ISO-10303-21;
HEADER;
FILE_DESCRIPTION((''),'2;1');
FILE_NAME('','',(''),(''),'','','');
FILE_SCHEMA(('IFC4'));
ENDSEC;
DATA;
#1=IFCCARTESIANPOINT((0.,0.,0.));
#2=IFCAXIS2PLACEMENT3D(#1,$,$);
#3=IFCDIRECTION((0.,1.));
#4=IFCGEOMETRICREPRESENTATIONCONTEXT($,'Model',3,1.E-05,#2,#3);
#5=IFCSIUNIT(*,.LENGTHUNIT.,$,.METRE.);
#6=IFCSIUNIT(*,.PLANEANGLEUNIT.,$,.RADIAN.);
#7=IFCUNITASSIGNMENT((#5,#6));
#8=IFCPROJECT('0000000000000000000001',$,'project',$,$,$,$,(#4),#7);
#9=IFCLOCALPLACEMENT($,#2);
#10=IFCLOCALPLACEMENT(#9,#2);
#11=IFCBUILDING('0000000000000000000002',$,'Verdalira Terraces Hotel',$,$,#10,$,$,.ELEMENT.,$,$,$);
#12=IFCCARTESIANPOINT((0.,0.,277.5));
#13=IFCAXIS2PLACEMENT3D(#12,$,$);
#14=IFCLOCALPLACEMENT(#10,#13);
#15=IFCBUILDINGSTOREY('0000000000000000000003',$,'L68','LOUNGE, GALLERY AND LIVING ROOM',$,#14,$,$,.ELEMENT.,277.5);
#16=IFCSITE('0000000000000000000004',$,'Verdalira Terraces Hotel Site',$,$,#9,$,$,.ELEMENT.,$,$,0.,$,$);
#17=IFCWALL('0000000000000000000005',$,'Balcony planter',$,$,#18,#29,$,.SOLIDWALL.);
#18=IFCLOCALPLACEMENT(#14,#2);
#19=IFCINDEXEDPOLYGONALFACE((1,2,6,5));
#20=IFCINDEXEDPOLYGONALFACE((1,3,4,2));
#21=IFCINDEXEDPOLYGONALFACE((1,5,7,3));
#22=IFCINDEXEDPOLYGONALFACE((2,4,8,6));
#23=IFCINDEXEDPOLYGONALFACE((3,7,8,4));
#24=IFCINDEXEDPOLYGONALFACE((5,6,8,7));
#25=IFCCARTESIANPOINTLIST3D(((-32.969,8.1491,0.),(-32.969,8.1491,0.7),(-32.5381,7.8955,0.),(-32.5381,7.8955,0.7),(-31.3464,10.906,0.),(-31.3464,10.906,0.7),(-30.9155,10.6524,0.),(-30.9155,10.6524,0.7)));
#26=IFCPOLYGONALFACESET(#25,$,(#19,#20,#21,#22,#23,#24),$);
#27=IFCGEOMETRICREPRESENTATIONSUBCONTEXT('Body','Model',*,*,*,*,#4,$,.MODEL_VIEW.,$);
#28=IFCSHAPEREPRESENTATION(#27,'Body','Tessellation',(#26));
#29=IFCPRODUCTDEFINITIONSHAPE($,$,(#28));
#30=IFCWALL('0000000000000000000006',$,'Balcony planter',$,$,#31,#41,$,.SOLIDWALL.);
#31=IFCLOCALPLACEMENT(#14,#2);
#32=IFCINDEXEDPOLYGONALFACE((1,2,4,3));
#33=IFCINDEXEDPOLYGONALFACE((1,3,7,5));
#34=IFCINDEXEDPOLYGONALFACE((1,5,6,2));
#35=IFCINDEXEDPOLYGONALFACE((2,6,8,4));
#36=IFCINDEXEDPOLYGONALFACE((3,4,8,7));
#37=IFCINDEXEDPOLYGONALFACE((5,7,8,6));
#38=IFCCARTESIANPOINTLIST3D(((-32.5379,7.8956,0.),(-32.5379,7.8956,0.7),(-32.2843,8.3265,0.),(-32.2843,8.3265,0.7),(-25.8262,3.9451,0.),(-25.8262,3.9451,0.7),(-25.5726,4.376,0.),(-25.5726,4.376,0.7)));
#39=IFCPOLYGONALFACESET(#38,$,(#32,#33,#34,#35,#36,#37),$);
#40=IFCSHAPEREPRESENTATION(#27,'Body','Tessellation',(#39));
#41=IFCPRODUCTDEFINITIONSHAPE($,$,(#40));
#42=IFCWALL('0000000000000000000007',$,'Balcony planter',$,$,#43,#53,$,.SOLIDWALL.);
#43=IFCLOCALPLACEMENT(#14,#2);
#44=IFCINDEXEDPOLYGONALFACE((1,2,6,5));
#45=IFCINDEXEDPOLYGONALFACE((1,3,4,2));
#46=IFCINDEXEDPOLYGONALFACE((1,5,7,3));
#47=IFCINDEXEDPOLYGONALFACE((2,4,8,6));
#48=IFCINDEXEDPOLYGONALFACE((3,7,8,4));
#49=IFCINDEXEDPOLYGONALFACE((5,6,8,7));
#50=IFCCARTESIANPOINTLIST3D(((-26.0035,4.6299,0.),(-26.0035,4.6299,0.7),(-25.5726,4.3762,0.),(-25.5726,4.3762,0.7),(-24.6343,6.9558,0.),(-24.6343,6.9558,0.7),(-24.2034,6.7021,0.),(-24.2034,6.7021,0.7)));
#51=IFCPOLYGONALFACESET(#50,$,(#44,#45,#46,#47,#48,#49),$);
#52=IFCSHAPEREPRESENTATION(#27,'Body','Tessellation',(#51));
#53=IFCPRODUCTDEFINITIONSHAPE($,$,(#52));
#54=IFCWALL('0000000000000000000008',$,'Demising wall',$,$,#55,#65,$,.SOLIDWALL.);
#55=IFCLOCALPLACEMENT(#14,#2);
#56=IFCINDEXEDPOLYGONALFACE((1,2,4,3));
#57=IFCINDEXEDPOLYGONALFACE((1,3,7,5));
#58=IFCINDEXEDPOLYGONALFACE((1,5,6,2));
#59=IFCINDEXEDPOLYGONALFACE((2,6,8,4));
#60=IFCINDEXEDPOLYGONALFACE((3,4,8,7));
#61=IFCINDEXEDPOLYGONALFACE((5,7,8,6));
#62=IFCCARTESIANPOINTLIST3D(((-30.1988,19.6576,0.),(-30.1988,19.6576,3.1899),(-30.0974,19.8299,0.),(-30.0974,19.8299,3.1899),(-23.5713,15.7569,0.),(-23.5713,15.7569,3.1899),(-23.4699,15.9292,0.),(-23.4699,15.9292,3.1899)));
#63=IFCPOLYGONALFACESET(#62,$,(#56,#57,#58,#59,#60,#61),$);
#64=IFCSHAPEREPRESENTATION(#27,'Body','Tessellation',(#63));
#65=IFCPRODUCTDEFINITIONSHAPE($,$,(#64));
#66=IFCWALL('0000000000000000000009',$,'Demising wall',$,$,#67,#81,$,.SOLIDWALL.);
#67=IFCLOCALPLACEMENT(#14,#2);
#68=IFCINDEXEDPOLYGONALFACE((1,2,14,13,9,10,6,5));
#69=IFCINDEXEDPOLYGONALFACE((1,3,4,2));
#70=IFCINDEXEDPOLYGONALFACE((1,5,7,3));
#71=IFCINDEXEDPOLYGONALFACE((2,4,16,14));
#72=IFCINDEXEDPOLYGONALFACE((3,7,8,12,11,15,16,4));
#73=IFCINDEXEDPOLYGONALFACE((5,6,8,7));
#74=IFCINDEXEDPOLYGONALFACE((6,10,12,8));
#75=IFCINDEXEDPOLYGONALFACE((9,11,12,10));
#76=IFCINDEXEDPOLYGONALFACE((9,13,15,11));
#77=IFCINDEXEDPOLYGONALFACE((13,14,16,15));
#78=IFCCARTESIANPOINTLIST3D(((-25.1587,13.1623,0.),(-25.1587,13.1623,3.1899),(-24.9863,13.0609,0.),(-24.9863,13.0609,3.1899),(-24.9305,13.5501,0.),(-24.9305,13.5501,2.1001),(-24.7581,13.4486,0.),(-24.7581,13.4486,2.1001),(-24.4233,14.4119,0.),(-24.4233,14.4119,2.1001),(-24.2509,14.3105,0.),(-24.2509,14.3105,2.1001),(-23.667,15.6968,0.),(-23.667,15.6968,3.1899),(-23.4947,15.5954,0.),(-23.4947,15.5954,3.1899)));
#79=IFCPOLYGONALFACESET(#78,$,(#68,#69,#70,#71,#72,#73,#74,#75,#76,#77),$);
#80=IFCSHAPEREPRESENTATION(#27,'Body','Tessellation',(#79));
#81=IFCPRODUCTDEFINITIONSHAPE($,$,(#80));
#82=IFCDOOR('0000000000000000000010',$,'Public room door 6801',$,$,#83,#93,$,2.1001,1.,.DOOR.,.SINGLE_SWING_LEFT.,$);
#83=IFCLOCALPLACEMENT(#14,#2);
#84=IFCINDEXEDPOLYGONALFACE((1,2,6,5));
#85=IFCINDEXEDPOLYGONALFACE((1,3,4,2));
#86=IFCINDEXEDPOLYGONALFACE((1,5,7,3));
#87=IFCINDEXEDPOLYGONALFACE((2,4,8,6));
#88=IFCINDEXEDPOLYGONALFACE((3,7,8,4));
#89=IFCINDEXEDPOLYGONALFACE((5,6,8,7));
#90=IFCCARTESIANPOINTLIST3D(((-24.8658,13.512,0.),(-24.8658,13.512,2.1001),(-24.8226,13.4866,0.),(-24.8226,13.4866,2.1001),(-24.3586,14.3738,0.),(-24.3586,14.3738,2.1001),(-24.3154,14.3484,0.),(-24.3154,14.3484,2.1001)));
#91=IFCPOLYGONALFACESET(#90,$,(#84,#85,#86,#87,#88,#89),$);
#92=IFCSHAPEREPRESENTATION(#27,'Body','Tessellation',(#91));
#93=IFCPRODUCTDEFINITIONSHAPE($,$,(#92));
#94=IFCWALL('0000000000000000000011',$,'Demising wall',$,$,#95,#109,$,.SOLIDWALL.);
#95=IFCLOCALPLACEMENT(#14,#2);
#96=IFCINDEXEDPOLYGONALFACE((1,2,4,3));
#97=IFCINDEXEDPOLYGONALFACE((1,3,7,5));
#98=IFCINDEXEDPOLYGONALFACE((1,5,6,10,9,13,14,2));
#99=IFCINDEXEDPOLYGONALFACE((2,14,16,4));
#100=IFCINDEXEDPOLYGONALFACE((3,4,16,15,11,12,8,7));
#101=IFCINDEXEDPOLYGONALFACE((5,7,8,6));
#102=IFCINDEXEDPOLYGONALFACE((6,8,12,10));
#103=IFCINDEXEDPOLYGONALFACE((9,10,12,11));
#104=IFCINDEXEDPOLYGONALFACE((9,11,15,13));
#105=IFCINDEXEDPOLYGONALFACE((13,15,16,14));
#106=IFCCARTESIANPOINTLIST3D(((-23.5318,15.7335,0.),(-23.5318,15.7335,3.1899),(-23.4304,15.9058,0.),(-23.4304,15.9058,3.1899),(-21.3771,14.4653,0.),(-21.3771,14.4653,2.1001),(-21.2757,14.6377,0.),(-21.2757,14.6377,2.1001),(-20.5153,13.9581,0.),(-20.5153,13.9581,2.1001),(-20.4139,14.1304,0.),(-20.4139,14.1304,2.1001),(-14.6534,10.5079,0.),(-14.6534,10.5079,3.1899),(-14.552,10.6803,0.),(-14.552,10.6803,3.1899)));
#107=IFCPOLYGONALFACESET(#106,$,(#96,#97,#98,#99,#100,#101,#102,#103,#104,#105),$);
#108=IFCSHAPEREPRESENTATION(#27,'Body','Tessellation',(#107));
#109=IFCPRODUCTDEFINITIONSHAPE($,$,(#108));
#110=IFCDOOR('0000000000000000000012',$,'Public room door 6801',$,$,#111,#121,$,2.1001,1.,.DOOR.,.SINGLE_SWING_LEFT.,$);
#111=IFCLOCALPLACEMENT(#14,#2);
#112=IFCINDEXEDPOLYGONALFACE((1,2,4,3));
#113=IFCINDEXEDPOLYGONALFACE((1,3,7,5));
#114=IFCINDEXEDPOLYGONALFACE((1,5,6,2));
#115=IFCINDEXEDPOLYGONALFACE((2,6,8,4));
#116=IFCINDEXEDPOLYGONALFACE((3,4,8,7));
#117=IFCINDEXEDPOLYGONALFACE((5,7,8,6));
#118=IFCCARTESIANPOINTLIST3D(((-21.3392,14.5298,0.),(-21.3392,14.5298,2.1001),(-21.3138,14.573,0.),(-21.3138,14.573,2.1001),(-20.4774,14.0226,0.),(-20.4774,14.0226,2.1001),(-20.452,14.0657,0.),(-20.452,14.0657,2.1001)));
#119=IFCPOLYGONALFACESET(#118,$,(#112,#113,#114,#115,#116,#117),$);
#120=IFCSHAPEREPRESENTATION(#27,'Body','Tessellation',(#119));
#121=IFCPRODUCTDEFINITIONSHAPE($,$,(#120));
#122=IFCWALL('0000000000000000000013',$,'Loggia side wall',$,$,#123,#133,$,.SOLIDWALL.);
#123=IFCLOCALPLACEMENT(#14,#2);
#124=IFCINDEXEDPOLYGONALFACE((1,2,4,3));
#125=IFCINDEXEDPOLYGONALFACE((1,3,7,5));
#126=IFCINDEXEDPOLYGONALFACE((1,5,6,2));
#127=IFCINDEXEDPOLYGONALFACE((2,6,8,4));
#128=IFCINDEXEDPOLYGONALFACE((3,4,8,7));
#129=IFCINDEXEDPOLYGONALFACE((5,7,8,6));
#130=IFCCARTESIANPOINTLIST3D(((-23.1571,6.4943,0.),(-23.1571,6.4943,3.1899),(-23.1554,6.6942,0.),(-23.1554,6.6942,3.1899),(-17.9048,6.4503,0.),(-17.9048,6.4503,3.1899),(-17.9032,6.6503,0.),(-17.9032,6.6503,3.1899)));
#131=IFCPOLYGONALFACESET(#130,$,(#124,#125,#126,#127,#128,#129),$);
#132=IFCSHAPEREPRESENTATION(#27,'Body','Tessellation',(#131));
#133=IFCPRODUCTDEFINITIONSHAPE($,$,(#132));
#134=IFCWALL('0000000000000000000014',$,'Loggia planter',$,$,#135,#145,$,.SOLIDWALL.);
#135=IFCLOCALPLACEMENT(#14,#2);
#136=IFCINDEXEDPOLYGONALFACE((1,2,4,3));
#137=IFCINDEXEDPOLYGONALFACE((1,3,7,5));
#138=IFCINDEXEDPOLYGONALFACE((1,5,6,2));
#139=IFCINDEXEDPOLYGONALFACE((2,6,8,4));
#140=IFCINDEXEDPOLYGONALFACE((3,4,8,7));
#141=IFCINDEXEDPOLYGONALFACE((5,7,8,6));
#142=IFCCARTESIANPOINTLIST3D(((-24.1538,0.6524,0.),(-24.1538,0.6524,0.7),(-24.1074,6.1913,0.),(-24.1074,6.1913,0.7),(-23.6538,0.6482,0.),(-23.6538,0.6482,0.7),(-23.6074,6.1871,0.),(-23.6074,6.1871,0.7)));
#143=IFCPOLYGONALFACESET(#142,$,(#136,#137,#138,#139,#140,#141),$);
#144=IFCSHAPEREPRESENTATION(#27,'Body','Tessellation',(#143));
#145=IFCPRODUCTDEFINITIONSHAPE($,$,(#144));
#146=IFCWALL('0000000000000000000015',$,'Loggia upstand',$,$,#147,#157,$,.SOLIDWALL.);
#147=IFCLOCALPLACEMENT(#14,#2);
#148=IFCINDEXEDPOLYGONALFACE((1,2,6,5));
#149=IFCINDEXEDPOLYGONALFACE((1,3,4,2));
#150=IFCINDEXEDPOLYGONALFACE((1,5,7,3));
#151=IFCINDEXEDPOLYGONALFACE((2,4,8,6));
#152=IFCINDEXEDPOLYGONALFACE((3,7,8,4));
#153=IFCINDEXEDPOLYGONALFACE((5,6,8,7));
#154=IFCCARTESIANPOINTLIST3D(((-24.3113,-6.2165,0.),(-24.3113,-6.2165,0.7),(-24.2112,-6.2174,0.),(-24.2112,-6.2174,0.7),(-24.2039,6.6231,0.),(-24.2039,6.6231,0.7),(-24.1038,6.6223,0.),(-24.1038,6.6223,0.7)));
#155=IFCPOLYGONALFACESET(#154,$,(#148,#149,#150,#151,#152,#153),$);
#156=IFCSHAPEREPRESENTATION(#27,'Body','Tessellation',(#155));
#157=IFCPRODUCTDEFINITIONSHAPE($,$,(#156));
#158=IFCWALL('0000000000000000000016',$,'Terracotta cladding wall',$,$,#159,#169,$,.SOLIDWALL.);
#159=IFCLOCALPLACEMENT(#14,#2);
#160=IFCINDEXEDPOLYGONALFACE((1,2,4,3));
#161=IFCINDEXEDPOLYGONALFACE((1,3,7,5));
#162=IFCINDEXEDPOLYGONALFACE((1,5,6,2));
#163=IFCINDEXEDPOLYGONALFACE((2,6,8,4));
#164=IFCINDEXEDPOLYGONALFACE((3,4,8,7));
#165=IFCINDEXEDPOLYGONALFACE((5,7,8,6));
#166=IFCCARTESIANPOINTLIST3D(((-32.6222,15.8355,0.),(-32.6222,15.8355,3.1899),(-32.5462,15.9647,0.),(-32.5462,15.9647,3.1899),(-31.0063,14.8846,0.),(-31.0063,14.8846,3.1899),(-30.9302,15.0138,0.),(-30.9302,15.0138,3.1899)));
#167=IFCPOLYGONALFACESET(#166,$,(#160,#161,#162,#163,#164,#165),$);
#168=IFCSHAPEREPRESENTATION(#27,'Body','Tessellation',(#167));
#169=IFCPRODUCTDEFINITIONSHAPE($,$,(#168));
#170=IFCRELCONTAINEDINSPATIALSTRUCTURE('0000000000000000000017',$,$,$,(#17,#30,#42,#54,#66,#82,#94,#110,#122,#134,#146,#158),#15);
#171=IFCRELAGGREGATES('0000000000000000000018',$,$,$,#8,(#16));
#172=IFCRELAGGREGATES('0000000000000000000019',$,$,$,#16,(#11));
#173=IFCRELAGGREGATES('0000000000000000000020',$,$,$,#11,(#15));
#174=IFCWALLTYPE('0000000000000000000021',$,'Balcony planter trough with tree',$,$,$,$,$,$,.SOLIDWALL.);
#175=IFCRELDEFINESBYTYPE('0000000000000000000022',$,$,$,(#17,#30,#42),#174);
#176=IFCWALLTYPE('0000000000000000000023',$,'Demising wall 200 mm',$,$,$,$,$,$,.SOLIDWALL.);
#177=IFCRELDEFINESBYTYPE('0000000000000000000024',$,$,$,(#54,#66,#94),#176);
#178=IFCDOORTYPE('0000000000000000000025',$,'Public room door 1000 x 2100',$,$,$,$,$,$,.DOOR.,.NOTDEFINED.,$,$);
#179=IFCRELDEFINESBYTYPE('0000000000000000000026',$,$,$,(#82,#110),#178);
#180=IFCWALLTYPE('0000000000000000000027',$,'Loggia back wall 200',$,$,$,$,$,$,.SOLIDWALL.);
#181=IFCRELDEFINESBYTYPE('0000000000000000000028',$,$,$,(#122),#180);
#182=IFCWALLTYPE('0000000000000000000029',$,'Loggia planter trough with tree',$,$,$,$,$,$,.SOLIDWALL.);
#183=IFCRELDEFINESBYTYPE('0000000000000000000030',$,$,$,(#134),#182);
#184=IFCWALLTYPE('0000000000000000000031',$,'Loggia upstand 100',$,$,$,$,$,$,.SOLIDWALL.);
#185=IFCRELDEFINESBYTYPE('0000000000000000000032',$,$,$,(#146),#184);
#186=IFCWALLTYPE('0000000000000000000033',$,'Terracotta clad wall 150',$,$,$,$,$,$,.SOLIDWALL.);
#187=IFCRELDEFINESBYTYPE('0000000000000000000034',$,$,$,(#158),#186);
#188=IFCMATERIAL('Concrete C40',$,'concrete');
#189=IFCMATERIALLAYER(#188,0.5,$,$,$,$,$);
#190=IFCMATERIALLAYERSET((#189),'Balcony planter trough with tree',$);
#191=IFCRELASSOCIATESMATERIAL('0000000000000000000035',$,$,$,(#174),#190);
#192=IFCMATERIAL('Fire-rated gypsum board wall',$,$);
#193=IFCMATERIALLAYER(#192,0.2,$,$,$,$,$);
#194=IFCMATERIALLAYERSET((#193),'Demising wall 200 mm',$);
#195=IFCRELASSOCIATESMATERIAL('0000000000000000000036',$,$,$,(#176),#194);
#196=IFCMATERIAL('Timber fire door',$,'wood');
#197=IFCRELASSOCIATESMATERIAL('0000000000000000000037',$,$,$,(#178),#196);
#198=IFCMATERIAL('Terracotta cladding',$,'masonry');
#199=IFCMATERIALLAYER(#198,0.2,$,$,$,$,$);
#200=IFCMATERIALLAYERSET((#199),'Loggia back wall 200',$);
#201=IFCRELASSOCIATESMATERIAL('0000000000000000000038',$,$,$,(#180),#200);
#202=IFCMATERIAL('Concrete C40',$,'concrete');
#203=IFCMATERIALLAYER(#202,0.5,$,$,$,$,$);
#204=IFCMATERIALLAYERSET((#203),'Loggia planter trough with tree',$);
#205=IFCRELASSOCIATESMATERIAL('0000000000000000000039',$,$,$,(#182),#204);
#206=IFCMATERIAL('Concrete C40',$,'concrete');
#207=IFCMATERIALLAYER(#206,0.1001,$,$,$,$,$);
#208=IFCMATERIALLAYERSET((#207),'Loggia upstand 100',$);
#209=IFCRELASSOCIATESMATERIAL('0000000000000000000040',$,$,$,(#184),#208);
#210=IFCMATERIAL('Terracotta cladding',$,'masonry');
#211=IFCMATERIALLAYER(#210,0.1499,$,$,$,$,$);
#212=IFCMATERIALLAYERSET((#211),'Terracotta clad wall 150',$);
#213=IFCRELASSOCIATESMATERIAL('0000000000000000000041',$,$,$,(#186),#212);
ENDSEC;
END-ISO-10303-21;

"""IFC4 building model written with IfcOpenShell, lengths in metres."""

from ifc_helpers import new_model, si_unit, direction, frame, frame_2d, origin, place, context, subcontext, project, spatial, rectangle, extrude, material, layer, layer_set, type_object, element, fill, save


model = new_model("IFC4")

# Units and contexts
model_context = context("Model", 3, precision=1e-05, world=origin(), true_north=direction((0.0, 1.0)))
body_context = subcontext(model_context, "Body", "Model", "MODEL_VIEW")
ifc_project = project(units=[si_unit("LENGTHUNIT", "METRE"), si_unit("PLANEANGLEUNIT", "RADIAN")], contexts=[model_context])

# Site, building, storey
site_placement = place(None, origin())
site = spatial("IfcSite", under=ifc_project, at=site_placement, Name="Verdalira Terraces Hotel Site", CompositionType="ELEMENT", RefElevation=0.0)
building_placement = place(site_placement, origin())
building = spatial("IfcBuilding", under=site, at=building_placement, Name="Verdalira Terraces Hotel", CompositionType="ELEMENT")
storey_placement = place(building_placement, frame((0.0, 0.0, 277.5)))
storey = spatial("IfcBuildingStorey", under=building, at=storey_placement, Name="L68", Description="LOUNGE, GALLERY AND LIVING ROOM", CompositionType="ELEMENT", Elevation=277.5)

# Walls
ifc_material_1 = material(Name="Concrete C40", Category="concrete")
ifc_layer_1 = layer(ifc_material_1, 0.5)
ifc_layer_set_1 = layer_set([ifc_layer_1], Name="Balcony planter trough with tree")
wall_type_1 = type_object("IfcWallType", Name="Balcony planter trough with tree", PredefinedType="SOLIDWALL", material=ifc_layer_set_1)
wall_1_placement = place(storey_placement, frame((-31.1309, 10.7793, 0.0), z_axis=(0.0, 0.0, 1.0), x_axis=(-0.507227, -0.861813, 0.0)))
element("IfcWall", 1, at=wall_1_placement, inside=storey, type_object=wall_type_1, Name="Balcony planter", PredefinedType="SOLIDWALL", context=body_context, shape_type="SweptSolid", body=[
    extrude(rectangle(XDim=3.199, YDim=0.5, at=frame_2d((1.5996, 0.0))), origin(), (0.0, 0.0, 1.0), 0.7),
])
wall_2_placement = place(storey_placement, frame((-32.4111, 8.1111, 0.0), z_axis=(0.0, 0.0, 1.0), x_axis=(0.8618, -0.507249, 0.0)))
element("IfcWall", 2, at=wall_2_placement, inside=storey, type_object=wall_type_1, Name="Balcony planter", PredefinedType="SOLIDWALL", context=body_context, shape_type="SweptSolid", body=[
    extrude(rectangle(XDim=7.7881, YDim=0.5, at=frame_2d((3.894, 0.0))), origin(), (0.0, 0.0, 1.0), 0.7),
])
wall_3_placement = place(storey_placement, frame((-25.7881, 4.5029, 0.0), z_axis=(0.0, 0.0, 1.0), x_axis=(0.507281, 0.861781, 0.0)))
element("IfcWall", 3, at=wall_3_placement, inside=storey, type_object=wall_type_1, Name="Balcony planter", PredefinedType="SOLIDWALL", context=body_context, shape_type="SweptSolid", body=[
    extrude(rectangle(XDim=2.699, YDim=0.5, at=frame_2d((1.3496, 0.0))), origin(), (0.0, 0.0, 1.0), 0.7),
])
ifc_material_2 = material(Name="Fire-rated gypsum board wall")
ifc_layer_2 = layer(ifc_material_2, 0.2)
ifc_layer_set_2 = layer_set([ifc_layer_2], Name="Demising wall 200 mm")
wall_type_2 = type_object("IfcWallType", Name="Demising wall 200 mm", PredefinedType="SOLIDWALL", material=ifc_layer_set_2)
wall_4_placement = place(storey_placement, frame((-23.5205, 15.843, 0.0), z_axis=(0.0, 0.0, 1.0), x_axis=(-0.861813, 0.507227, 0.0)))
element("IfcWall", 4, at=wall_4_placement, inside=storey, type_object=wall_type_2, Name="Demising wall", PredefinedType="SOLIDWALL", context=body_context, shape_type="SweptSolid", body=[
    extrude(rectangle(XDim=7.6902, YDim=0.2, at=frame_2d((3.8452, 0.0))), origin(), (0.0, 0.0, 1.0), 3.1899),
])

# Walls, openings, doors
wall_5_placement = place(storey_placement, frame((-25.0725, 13.1116, 0.0), z_axis=(0.0, 0.0, 1.0), x_axis=(0.507202, 0.861827, 0.0)))
wall_5 = element("IfcWall", 5, at=wall_5_placement, inside=storey, type_object=wall_type_2, Name="Demising wall", PredefinedType="SOLIDWALL", context=body_context, shape_type="SweptSolid", body=[
    extrude(rectangle(XDim=2.9409, YDim=0.2, at=frame_2d((1.4705, 0.0))), origin(), (0.0, 0.0, 1.0), 3.1899),
])
opening_1_placement = place(wall_5_placement, frame((0.45, 0.0, 0.0)))
opening_1 = element("IfcOpeningElement", 6, at=opening_1_placement, cuts=wall_5, PredefinedType="OPENING", context=body_context, shape_type="SweptSolid", body=[
    extrude(rectangle(XDim=1.0, YDim=2.1001, at=frame_2d((0.5, 1.05))), frame((0.0, 0.1099, 0.0), z_axis=(0.0, -1.0, 0.0), x_axis=(1.0, 0.0, 0.0)), (0.0, 0.0, 1.0), 0.22),
])
ifc_material_3 = material(Name="Timber fire door", Category="wood")
door_type_1 = type_object("IfcDoorType", Name="Public room door 1000 x 2100", OperationType="NOTDEFINED", PredefinedType="DOOR", material=ifc_material_3)
door_1_placement = place(opening_1_placement, origin())
door_1 = element("IfcDoor", 7, at=door_1_placement, inside=storey, type_object=door_type_1, Name="Public room door 6801", OperationType="SINGLE_SWING_LEFT", OverallHeight=2.1001, OverallWidth=1.0, PredefinedType="DOOR", context=body_context, shape_type="SweptSolid", body=[
    extrude(rectangle(XDim=1.0, YDim=2.1001, at=frame_2d((0.5, 1.05))), frame((0.0, 0.0249, 0.0), z_axis=(0.0, -1.0, 0.0), x_axis=(1.0, 0.0, 0.0)), (0.0, 0.0, 1.0), 0.05),
])
fill(opening_1, door_1)
wall_6_placement = place(storey_placement, frame((-23.481, 15.8196, 0.0), z_axis=(0.0, 0.0, 1.0), x_axis=(0.861807, -0.507236, 0.0)))
wall_6 = element("IfcWall", 8, at=wall_6_placement, inside=storey, type_object=wall_type_2, Name="Demising wall", PredefinedType="SOLIDWALL", context=body_context, shape_type="SweptSolid", body=[
    extrude(rectangle(XDim=10.302, YDim=0.2, at=frame_2d((5.1509, 0.0))), origin(), (0.0, 0.0, 1.0), 3.1899),
])
opening_2_placement = place(wall_6_placement, frame((2.5, 0.0, 0.0)))
opening_2 = element("IfcOpeningElement", 9, at=opening_2_placement, cuts=wall_6, PredefinedType="OPENING", context=body_context, shape_type="SweptSolid", body=[
    extrude(rectangle(XDim=1.0, YDim=2.1001, at=frame_2d((0.5, 1.05))), frame((0.0, 0.1099, 0.0), z_axis=(0.0, -1.0, 0.0), x_axis=(1.0, 0.0, 0.0)), (0.0, 0.0, 1.0), 0.22),
])
door_2_placement = place(opening_2_placement, origin())
door_2 = element("IfcDoor", 10, at=door_2_placement, inside=storey, type_object=door_type_1, Name="Public room door 6801", OperationType="SINGLE_SWING_LEFT", OverallHeight=2.1001, OverallWidth=1.0, PredefinedType="DOOR", context=body_context, shape_type="SweptSolid", body=[
    extrude(rectangle(XDim=1.0, YDim=2.1001, at=frame_2d((0.5, 1.05))), frame((0.0, 0.0249, 0.0), z_axis=(0.0, -1.0, 0.0), x_axis=(1.0, 0.0, 0.0)), (0.0, 0.0, 1.0), 0.05),
])
fill(opening_2, door_2)

# Walls
ifc_material_4 = material(Name="Terracotta cladding", Category="masonry")
ifc_layer_3 = layer(ifc_material_4, 0.2)
ifc_layer_set_3 = layer_set([ifc_layer_3], Name="Loggia back wall 200")
wall_type_3 = type_object("IfcWallType", Name="Loggia back wall 200", PredefinedType="SOLIDWALL", material=ifc_layer_set_3)
wall_7_placement = place(storey_placement, frame((-23.1562, 6.5942, 0.0), z_axis=(0.0, 0.0, 1.0), x_axis=(0.999965, -0.008367, 0.0)))
element("IfcWall", 11, at=wall_7_placement, inside=storey, type_object=wall_type_3, Name="Loggia side wall", PredefinedType="SOLIDWALL", context=body_context, shape_type="SweptSolid", body=[
    extrude(rectangle(XDim=5.2524, YDim=0.2, at=frame_2d((2.6262, 0.0))), origin(), (0.0, 0.0, 1.0), 3.1899),
])
ifc_material_5 = material(Name="Concrete C40", Category="concrete")
ifc_layer_4 = layer(ifc_material_5, 0.5)
ifc_layer_set_4 = layer_set([ifc_layer_4], Name="Loggia planter trough with tree")
wall_type_4 = type_object("IfcWallType", Name="Loggia planter trough with tree", PredefinedType="SOLIDWALL", material=ifc_layer_set_4)
wall_8_placement = place(storey_placement, frame((-23.8574, 6.1892, 0.0), z_axis=(0.0, 0.0, 1.0), x_axis=(-0.008375, -0.999965, 0.0)))
element("IfcWall", 12, at=wall_8_placement, inside=storey, type_object=wall_type_4, Name="Loggia planter", PredefinedType="SOLIDWALL", context=body_context, shape_type="SweptSolid", body=[
    extrude(rectangle(XDim=5.5391, YDim=0.5, at=frame_2d((2.7695, 0.0))), origin(), (0.0, 0.0, 1.0), 0.7),
])
ifc_material_6 = material(Name="Concrete C40", Category="concrete")
ifc_layer_5 = layer(ifc_material_6, 0.1001)
ifc_layer_set_5 = layer_set([ifc_layer_5], Name="Loggia upstand 100")
wall_type_5 = type_object("IfcWallType", Name="Loggia upstand 100", PredefinedType="SOLIDWALL", material=ifc_layer_set_5)
wall_9_placement = place(storey_placement, frame((-24.1538, 6.6226, 0.0), z_axis=(0.0, 0.0, 1.0), x_axis=(-0.008366, -0.999965, 0.0)))
element("IfcWall", 13, at=wall_9_placement, inside=storey, type_object=wall_type_5, Name="Loggia upstand", PredefinedType="SOLIDWALL", context=body_context, shape_type="SweptSolid", body=[
    extrude(rectangle(XDim=12.8401, YDim=0.1001, at=frame_2d((6.4199, 0.0))), origin(), (0.0, 0.0, 1.0), 0.7),
])
ifc_material_7 = material(Name="Terracotta cladding", Category="masonry")
ifc_layer_6 = layer(ifc_material_7, 0.1499)
ifc_layer_set_6 = layer_set([ifc_layer_6], Name="Terracotta clad wall 150")
wall_type_6 = type_object("IfcWallType", Name="Terracotta clad wall 150", PredefinedType="SOLIDWALL", material=ifc_layer_set_6)
wall_10_placement = place(storey_placement, frame((-32.5842, 15.9001, 0.0), z_axis=(0.0, 0.0, 1.0), x_axis=(0.861851, -0.507162, 0.0)))
element("IfcWall", 14, at=wall_10_placement, inside=storey, type_object=wall_type_6, Name="Terracotta cladding wall", PredefinedType="SOLIDWALL", context=body_context, shape_type="SweptSolid", body=[
    extrude(rectangle(XDim=1.875, YDim=0.1499, at=frame_2d((0.9375, 0.0))), origin(), (0.0, 0.0, 1.0), 3.1899),
])

save(model, "model.ifc")
